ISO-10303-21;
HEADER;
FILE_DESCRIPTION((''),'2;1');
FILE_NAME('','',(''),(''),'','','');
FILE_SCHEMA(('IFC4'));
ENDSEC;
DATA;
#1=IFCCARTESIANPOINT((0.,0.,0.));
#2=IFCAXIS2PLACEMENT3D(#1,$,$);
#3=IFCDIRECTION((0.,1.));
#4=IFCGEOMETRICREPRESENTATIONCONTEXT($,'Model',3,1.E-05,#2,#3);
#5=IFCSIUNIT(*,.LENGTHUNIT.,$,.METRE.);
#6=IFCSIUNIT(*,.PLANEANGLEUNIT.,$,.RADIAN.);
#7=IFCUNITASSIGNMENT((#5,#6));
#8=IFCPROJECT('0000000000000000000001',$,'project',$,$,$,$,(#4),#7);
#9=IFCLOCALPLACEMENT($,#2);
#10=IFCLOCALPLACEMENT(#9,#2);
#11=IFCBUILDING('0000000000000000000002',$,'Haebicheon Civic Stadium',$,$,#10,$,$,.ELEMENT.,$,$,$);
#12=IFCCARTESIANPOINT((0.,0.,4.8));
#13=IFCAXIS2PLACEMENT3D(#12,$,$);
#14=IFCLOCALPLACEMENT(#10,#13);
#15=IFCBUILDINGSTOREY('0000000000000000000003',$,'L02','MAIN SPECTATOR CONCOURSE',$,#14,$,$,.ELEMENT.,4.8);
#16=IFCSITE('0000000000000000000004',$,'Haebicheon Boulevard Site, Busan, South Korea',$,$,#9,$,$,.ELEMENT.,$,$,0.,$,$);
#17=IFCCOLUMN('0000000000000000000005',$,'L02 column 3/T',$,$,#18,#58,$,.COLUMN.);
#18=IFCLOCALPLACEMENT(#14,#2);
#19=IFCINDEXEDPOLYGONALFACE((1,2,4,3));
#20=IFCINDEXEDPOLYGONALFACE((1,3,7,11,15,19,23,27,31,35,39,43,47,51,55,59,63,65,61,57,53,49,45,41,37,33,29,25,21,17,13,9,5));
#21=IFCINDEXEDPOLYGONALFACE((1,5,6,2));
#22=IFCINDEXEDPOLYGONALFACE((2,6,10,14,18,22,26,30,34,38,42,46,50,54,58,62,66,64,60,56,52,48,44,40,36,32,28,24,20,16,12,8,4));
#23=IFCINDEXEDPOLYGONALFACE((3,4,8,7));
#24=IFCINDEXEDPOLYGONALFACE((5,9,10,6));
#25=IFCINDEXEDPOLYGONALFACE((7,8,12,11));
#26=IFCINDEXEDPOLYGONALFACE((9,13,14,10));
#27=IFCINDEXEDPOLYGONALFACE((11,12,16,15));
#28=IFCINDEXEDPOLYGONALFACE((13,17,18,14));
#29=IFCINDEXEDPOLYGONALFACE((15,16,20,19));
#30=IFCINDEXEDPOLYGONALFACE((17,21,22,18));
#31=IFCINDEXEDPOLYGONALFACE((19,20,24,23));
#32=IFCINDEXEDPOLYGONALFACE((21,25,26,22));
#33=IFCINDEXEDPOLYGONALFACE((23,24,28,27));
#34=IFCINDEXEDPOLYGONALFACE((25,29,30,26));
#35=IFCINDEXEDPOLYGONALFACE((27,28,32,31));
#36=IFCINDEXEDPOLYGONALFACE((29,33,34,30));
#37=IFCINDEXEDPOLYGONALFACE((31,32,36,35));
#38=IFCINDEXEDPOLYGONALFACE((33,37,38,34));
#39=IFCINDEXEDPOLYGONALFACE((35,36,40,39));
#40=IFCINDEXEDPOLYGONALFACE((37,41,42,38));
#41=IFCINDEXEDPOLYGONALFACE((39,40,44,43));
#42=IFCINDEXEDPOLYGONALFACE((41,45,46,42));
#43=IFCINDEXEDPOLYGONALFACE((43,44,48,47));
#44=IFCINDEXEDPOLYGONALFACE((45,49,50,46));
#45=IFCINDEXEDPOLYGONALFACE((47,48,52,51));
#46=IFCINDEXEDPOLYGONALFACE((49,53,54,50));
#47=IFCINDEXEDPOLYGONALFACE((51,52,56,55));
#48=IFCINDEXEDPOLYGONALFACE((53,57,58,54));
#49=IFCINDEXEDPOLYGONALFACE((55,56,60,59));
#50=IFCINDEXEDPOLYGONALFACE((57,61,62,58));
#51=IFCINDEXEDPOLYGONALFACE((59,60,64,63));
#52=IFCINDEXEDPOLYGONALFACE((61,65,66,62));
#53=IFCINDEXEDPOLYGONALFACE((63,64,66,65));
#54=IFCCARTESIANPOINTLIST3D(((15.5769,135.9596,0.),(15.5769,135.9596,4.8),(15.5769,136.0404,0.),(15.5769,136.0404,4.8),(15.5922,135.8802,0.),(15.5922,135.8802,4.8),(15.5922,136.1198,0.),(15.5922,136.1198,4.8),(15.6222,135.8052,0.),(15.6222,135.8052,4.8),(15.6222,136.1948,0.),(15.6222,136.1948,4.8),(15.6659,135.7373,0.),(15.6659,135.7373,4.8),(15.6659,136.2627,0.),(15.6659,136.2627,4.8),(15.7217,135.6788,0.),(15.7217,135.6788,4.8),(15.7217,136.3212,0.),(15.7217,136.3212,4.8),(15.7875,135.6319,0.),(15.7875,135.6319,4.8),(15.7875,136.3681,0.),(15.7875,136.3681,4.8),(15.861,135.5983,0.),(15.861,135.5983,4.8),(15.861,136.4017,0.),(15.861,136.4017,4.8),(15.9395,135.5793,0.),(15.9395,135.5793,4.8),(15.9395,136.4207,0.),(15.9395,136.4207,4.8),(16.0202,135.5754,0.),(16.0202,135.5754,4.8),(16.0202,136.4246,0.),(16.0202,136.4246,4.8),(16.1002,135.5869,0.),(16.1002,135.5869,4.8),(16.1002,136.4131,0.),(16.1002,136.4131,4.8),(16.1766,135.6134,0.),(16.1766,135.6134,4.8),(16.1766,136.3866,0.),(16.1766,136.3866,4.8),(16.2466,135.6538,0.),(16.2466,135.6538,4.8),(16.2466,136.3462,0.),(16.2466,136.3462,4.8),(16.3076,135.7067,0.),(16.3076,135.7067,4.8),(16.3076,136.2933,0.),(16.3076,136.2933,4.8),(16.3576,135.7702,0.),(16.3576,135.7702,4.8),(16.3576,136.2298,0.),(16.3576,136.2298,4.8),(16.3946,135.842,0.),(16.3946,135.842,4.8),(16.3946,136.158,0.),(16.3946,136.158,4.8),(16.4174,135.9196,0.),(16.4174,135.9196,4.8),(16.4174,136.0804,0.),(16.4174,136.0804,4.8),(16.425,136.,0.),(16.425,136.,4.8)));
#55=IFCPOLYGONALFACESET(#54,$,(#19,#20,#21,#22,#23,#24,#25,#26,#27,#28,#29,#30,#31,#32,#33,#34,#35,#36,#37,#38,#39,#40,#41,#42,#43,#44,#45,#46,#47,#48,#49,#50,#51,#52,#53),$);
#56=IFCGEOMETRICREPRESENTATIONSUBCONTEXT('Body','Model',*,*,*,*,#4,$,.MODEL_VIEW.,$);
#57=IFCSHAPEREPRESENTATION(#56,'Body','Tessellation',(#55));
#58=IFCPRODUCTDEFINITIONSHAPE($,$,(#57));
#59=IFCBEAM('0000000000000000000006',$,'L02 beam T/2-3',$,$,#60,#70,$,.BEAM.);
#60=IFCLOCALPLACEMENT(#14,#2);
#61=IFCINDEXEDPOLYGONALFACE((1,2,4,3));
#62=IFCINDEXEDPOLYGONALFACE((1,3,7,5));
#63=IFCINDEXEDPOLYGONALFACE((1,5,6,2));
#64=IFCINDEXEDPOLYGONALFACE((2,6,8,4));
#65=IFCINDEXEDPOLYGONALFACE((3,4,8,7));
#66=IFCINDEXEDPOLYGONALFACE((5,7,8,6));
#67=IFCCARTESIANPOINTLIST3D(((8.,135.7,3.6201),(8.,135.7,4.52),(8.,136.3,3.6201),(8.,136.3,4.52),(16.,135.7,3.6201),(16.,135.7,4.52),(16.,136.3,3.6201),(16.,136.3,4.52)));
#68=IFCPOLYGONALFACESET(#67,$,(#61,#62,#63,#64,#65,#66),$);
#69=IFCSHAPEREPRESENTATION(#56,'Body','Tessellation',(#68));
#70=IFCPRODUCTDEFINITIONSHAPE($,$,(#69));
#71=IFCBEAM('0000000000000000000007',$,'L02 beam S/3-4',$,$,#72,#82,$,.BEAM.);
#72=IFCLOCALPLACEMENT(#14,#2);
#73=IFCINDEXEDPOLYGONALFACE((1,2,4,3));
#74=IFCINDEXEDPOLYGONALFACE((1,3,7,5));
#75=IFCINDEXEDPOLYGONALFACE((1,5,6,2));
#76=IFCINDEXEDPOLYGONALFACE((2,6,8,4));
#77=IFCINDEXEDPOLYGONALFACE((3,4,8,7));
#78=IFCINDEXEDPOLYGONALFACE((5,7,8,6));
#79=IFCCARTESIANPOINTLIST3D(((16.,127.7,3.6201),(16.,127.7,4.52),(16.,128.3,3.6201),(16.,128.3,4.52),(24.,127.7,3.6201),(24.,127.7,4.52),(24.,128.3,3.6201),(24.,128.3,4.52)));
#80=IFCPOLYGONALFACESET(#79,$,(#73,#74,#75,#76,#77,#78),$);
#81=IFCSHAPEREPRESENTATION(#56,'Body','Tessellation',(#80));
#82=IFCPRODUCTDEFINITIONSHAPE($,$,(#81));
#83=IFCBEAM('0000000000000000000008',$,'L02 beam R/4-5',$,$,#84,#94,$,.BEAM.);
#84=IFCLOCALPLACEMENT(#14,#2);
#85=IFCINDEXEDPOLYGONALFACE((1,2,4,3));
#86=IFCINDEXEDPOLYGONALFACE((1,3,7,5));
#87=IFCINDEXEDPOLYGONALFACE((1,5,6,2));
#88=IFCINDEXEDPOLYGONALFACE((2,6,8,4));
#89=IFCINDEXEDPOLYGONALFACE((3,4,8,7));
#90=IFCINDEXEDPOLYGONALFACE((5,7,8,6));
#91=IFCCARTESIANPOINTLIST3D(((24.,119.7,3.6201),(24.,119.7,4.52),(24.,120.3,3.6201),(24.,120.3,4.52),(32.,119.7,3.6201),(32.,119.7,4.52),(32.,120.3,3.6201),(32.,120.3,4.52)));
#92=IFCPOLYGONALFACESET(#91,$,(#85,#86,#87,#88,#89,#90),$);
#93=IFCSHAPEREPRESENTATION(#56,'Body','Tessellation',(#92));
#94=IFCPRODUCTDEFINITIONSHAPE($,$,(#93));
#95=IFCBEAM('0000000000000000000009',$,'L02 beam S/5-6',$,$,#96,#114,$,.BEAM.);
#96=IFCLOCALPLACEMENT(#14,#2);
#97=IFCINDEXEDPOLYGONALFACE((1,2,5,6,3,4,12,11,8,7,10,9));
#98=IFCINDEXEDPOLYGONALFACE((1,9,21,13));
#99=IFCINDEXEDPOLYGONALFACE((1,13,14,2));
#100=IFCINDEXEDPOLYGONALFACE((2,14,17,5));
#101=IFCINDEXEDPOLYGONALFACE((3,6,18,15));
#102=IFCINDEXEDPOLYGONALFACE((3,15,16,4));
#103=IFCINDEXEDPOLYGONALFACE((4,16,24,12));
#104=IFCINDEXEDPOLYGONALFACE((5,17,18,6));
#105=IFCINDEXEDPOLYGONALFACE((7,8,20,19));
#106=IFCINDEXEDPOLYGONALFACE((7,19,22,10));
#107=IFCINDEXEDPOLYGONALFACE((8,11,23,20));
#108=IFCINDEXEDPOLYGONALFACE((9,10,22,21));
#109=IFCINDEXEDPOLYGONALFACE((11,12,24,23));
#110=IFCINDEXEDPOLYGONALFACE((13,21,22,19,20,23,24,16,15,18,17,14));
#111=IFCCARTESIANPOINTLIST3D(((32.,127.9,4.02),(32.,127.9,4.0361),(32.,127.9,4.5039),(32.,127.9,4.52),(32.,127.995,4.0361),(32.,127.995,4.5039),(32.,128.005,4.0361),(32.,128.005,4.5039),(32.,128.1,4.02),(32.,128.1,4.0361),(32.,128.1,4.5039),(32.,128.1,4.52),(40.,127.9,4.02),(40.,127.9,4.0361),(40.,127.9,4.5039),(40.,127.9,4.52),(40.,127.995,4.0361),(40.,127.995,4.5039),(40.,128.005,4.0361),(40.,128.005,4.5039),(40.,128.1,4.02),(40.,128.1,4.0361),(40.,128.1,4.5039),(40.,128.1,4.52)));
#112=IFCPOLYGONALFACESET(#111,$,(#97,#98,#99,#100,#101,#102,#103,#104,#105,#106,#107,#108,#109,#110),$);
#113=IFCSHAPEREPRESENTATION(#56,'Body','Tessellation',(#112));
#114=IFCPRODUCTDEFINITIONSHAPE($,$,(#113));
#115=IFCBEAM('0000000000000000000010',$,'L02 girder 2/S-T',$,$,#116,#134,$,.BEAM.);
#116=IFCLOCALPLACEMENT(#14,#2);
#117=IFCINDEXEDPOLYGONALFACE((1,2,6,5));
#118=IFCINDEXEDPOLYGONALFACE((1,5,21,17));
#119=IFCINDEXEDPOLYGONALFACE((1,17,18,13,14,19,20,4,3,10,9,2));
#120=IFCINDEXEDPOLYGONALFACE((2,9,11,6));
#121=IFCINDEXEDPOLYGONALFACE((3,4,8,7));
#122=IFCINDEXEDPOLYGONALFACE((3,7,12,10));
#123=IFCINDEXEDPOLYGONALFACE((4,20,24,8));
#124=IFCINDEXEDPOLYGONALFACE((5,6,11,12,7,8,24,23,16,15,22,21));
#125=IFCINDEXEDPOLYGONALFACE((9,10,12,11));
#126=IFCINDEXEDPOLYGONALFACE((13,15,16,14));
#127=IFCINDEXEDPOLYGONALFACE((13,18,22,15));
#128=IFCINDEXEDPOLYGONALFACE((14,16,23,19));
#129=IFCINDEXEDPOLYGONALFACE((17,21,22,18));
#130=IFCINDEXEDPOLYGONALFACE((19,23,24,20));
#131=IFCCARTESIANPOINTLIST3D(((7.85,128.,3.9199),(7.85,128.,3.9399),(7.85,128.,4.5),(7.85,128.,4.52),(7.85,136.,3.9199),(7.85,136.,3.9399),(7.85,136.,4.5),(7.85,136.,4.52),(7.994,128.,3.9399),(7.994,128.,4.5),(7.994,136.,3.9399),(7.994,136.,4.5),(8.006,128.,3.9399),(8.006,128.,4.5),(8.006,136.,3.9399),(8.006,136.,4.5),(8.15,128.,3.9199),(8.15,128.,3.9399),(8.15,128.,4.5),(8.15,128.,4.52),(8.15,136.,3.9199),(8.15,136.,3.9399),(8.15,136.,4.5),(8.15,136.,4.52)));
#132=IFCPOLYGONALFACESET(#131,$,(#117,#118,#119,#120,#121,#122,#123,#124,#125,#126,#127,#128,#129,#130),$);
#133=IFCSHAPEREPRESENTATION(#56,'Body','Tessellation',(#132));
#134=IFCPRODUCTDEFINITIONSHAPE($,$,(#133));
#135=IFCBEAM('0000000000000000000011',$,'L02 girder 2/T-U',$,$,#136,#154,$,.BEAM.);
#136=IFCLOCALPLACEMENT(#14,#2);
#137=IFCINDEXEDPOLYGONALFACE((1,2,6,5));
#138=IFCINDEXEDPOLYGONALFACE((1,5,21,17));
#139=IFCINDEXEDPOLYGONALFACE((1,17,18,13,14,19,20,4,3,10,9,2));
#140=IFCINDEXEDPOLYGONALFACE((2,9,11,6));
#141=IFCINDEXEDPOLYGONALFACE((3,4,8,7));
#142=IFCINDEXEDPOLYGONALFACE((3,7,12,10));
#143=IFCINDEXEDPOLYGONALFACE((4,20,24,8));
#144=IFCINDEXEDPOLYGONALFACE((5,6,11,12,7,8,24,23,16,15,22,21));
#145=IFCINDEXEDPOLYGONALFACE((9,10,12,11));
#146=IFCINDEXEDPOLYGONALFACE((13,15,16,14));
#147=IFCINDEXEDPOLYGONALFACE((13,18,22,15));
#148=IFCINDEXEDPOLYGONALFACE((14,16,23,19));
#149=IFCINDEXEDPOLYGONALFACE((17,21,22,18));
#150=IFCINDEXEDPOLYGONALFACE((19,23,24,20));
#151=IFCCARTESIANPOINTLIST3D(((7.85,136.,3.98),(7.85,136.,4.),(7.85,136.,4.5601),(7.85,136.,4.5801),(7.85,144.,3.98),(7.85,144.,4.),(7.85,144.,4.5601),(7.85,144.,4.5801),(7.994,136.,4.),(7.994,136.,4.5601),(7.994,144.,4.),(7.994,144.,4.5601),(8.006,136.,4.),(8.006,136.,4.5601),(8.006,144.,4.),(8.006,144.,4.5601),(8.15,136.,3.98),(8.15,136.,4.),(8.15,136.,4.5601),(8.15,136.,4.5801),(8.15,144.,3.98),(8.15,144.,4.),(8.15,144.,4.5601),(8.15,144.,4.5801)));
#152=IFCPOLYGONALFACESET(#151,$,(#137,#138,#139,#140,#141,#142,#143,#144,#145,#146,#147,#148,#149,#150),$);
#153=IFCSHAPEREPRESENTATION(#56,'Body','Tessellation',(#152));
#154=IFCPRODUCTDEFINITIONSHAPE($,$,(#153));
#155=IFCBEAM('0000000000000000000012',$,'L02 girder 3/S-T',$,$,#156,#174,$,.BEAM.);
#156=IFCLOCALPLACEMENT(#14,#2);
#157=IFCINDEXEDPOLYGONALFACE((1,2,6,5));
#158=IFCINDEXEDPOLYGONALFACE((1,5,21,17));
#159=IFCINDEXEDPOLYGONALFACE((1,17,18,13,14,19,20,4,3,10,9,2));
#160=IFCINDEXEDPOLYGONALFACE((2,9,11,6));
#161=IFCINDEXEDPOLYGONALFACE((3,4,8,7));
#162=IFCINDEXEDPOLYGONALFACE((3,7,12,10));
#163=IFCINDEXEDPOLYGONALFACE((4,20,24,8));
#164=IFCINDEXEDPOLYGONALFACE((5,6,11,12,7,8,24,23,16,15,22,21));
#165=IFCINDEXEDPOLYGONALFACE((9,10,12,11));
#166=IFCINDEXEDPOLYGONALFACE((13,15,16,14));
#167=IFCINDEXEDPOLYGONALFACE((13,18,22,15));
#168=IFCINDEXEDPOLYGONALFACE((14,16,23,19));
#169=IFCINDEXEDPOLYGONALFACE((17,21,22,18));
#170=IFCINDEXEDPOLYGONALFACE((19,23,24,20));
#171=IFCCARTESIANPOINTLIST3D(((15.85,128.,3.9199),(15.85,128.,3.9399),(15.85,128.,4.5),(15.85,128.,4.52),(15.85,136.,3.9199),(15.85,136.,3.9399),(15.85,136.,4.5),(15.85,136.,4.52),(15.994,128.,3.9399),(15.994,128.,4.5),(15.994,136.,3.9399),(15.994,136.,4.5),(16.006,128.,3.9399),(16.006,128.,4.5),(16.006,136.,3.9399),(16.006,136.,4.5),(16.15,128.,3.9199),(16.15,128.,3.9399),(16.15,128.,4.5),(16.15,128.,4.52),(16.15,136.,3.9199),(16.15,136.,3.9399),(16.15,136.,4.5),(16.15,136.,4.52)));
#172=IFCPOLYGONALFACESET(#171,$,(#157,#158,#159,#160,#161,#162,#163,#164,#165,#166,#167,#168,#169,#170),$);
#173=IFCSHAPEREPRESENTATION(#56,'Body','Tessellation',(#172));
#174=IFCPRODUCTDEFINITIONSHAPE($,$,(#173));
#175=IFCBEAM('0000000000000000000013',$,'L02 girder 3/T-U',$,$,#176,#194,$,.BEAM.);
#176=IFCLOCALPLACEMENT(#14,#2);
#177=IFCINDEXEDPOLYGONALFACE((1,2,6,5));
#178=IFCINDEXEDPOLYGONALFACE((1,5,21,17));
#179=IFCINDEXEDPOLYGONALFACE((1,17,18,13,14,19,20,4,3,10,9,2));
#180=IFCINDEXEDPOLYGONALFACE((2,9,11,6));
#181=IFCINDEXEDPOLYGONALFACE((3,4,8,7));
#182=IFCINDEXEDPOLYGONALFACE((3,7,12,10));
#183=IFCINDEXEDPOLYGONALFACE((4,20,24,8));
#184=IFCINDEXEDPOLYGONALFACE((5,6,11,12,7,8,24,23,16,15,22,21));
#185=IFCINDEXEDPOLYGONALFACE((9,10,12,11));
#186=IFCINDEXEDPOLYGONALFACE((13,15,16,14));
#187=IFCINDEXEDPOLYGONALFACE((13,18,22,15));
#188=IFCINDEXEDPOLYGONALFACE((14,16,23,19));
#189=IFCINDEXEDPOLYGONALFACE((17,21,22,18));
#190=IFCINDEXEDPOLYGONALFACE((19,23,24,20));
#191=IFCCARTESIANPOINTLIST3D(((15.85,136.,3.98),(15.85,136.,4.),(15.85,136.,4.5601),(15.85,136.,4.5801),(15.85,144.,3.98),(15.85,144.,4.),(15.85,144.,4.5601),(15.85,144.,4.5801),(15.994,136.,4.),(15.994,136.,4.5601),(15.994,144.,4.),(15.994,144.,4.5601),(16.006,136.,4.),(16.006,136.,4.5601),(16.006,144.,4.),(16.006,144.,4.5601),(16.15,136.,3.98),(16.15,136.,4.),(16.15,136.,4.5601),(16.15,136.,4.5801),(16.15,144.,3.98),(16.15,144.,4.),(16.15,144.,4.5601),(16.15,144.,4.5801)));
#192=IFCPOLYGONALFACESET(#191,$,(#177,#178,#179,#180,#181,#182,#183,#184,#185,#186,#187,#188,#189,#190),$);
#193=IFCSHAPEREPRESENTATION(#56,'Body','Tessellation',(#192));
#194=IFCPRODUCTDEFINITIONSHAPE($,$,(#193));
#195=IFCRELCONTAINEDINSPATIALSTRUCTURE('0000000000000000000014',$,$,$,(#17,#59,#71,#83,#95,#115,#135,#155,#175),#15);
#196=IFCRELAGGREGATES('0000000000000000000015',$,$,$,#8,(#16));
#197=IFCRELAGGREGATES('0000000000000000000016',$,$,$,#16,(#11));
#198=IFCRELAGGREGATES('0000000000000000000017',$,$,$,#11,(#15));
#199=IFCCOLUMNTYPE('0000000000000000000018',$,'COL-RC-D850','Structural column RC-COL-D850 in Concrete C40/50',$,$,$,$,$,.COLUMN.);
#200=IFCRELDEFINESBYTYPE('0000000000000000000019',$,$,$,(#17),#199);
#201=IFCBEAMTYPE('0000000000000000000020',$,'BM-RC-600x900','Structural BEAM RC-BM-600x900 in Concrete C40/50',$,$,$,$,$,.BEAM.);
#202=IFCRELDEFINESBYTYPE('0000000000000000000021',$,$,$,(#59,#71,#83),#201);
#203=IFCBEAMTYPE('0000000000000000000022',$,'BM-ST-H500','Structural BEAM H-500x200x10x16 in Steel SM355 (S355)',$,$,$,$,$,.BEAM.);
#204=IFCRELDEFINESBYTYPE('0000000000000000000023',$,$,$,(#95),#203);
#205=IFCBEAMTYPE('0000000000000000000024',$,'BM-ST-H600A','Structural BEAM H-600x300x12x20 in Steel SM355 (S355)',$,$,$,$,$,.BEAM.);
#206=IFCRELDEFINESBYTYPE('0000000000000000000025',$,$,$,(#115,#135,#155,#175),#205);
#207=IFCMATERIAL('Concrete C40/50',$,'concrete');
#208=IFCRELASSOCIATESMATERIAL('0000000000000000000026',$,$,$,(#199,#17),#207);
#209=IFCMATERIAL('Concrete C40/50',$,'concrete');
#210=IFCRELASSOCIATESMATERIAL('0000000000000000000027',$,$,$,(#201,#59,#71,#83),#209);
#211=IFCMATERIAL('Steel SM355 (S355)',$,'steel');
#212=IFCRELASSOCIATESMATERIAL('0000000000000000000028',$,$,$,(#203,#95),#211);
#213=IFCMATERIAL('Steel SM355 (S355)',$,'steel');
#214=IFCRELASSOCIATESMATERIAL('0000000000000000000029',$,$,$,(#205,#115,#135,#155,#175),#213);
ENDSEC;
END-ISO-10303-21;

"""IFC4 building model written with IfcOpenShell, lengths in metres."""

from ifc_helpers import new_model, si_unit, direction, frame, origin, origin_2d, place, context, subcontext, project, spatial, rectangle, circle, i_section, extrude, material, material_profile, profile_set, type_object, element, save


model = new_model("IFC4")

# Units and contexts
model_context = context("Model", 3, precision=1e-05, world=origin(), true_north=direction((0.0, 1.0)))
body_context = subcontext(model_context, "Body", "Model", "MODEL_VIEW")
ifc_project = project(units=[si_unit("LENGTHUNIT", "METRE"), si_unit("PLANEANGLEUNIT", "RADIAN")], contexts=[model_context])

# Site, building, storey
site_placement = place(None, origin())
site = spatial("IfcSite", under=ifc_project, at=site_placement, Name="Haebicheon Boulevard Site, Busan, South Korea", CompositionType="ELEMENT", RefElevation=0.0)
building_placement = place(site_placement, origin())
building = spatial("IfcBuilding", under=site, at=building_placement, Name="Haebicheon Civic Stadium", CompositionType="ELEMENT")
storey_placement = place(building_placement, frame((0.0, 0.0, 4.8)))
storey = spatial("IfcBuildingStorey", under=building, at=storey_placement, Name="L02", Description="MAIN SPECTATOR CONCOURSE", CompositionType="ELEMENT", Elevation=4.8)

# Column
ifc_material_1 = material(Name="Concrete C40/50", Category="concrete")
ifc_material_profile_1 = material_profile(ifc_material_1, circle(Radius=0.425, at=origin_2d()), Name="RC-COL-D850")
ifc_profile_set_1 = profile_set([ifc_material_profile_1], Name="Concrete C40/50")
column_type_1 = type_object("IfcColumnType", Name="COL-RC-D850", Description="Structural column RC-COL-D850 in Concrete C40/50", PredefinedType="COLUMN", material=ifc_profile_set_1)
for number, where, z_axis, x_axis, name in (
    (1, (16.0, 136.0, 0.0), (0.0, 0.0, 1.0), (1.0, 0.0, 0.0), "L02 column 3/T"),
):
    element("IfcColumn", number, at=place(storey_placement, frame(where, z_axis=z_axis, x_axis=x_axis)), inside=storey, type_object=column_type_1, material=ifc_profile_set_1, Name=name, PredefinedType="COLUMN", context=body_context, shape_type="SweptSolid", body=[
        extrude(circle(Radius=0.425, at=origin_2d()), origin(), (0.0, 0.0, 1.0), 4.8),
    ])

# Beams
ifc_material_2 = material(Name="Concrete C40/50", Category="concrete")
ifc_material_profile_2 = material_profile(ifc_material_2, rectangle(XDim=0.6001, YDim=0.8999, at=origin_2d()), Name="RC-BM-600x900")
ifc_profile_set_2 = profile_set([ifc_material_profile_2], Name="Concrete C40/50")
beam_type_1 = type_object("IfcBeamType", Name="BM-RC-600x900", Description="Structural BEAM RC-BM-600x900 in Concrete C40/50", PredefinedType="BEAM", material=ifc_profile_set_2)
for number, where, z_axis, x_axis, name in (
    (2, (8.0, 136.0, 4.0701), (1.0, 0.0, 0.0), (0.0, 1.0, 0.0), "L02 beam T/2-3"),
    (3, (16.0, 128.0, 4.0701), (1.0, 0.0, 0.0), (0.0, 1.0, 0.0), "L02 beam S/3-4"),
    (4, (24.0, 120.0, 4.0701), (1.0, 0.0, 0.0), (0.0, 1.0, 0.0), "L02 beam R/4-5"),
):
    element("IfcBeam", number, at=place(storey_placement, frame(where, z_axis=z_axis, x_axis=x_axis)), inside=storey, type_object=beam_type_1, material=ifc_profile_set_2, Name=name, PredefinedType="BEAM", context=body_context, shape_type="SweptSolid", body=[
        extrude(rectangle(XDim=0.6001, YDim=0.8999, at=origin_2d()), origin(), (0.0, 0.0, 1.0), 8.0),
    ])
ifc_material_3 = material(Name="Steel SM355 (S355)", Category="steel")
ifc_material_profile_3 = material_profile(ifc_material_3, i_section(OverallWidth=0.2, OverallDepth=0.5, WebThickness=0.01, FlangeThickness=0.0161, at=origin_2d()), Name="H-500x200x10x16")
ifc_profile_set_3 = profile_set([ifc_material_profile_3], Name="Steel SM355 (S355)")
beam_type_2 = type_object("IfcBeamType", Name="BM-ST-H500", Description="Structural BEAM H-500x200x10x16 in Steel SM355 (S355)", PredefinedType="BEAM", material=ifc_profile_set_3)
beam_placement = place(storey_placement, frame((32.0, 128.0, 4.27), z_axis=(1.0, 0.0, 0.0), x_axis=(0.0, 1.0, 0.0)))
element("IfcBeam", 5, at=beam_placement, inside=storey, type_object=beam_type_2, material=ifc_profile_set_3, Name="L02 beam S/5-6", PredefinedType="BEAM", context=body_context, shape_type="SweptSolid", body=[
    extrude(i_section(OverallWidth=0.2, OverallDepth=0.5, WebThickness=0.01, FlangeThickness=0.0161, at=origin_2d()), origin(), (0.0, 0.0, 1.0), 8.0),
])
ifc_material_4 = material(Name="Steel SM355 (S355)", Category="steel")
ifc_material_profile_4 = material_profile(ifc_material_4, i_section(OverallWidth=0.3, OverallDepth=0.6001, WebThickness=0.012, FlangeThickness=0.02, at=origin_2d()), Name="H-600x300x12x20")
ifc_profile_set_4 = profile_set([ifc_material_profile_4], Name="Steel SM355 (S355)")
beam_type_3 = type_object("IfcBeamType", Name="BM-ST-H600A", Description="Structural BEAM H-600x300x12x20 in Steel SM355 (S355)", PredefinedType="BEAM", material=ifc_profile_set_4)
for number, where, z_axis, x_axis, name in (
    (6, (8.0, 128.0, 4.22), (0.0, 1.0, 0.0), (-1.0, 0.0, 0.0), "L02 girder 2/S-T"),
    (7, (8.0, 136.0, 4.28), (0.0, 1.0, 0.0), (-1.0, 0.0, 0.0), "L02 girder 2/T-U"),
    (8, (16.0, 128.0, 4.22), (0.0, 1.0, 0.0), (-1.0, 0.0, 0.0), "L02 girder 3/S-T"),
    (9, (16.0, 136.0, 4.28), (0.0, 1.0, 0.0), (-1.0, 0.0, 0.0), "L02 girder 3/T-U"),
):
    element("IfcBeam", number, at=place(storey_placement, frame(where, z_axis=z_axis, x_axis=x_axis)), inside=storey, type_object=beam_type_3, material=ifc_profile_set_4, Name=name, PredefinedType="BEAM", context=body_context, shape_type="SweptSolid", body=[
        extrude(i_section(OverallWidth=0.3, OverallDepth=0.6001, WebThickness=0.012, FlangeThickness=0.02, at=origin_2d()), origin(), (0.0, 0.0, 1.0), 8.0),
    ])

save(model, "model.ifc")
